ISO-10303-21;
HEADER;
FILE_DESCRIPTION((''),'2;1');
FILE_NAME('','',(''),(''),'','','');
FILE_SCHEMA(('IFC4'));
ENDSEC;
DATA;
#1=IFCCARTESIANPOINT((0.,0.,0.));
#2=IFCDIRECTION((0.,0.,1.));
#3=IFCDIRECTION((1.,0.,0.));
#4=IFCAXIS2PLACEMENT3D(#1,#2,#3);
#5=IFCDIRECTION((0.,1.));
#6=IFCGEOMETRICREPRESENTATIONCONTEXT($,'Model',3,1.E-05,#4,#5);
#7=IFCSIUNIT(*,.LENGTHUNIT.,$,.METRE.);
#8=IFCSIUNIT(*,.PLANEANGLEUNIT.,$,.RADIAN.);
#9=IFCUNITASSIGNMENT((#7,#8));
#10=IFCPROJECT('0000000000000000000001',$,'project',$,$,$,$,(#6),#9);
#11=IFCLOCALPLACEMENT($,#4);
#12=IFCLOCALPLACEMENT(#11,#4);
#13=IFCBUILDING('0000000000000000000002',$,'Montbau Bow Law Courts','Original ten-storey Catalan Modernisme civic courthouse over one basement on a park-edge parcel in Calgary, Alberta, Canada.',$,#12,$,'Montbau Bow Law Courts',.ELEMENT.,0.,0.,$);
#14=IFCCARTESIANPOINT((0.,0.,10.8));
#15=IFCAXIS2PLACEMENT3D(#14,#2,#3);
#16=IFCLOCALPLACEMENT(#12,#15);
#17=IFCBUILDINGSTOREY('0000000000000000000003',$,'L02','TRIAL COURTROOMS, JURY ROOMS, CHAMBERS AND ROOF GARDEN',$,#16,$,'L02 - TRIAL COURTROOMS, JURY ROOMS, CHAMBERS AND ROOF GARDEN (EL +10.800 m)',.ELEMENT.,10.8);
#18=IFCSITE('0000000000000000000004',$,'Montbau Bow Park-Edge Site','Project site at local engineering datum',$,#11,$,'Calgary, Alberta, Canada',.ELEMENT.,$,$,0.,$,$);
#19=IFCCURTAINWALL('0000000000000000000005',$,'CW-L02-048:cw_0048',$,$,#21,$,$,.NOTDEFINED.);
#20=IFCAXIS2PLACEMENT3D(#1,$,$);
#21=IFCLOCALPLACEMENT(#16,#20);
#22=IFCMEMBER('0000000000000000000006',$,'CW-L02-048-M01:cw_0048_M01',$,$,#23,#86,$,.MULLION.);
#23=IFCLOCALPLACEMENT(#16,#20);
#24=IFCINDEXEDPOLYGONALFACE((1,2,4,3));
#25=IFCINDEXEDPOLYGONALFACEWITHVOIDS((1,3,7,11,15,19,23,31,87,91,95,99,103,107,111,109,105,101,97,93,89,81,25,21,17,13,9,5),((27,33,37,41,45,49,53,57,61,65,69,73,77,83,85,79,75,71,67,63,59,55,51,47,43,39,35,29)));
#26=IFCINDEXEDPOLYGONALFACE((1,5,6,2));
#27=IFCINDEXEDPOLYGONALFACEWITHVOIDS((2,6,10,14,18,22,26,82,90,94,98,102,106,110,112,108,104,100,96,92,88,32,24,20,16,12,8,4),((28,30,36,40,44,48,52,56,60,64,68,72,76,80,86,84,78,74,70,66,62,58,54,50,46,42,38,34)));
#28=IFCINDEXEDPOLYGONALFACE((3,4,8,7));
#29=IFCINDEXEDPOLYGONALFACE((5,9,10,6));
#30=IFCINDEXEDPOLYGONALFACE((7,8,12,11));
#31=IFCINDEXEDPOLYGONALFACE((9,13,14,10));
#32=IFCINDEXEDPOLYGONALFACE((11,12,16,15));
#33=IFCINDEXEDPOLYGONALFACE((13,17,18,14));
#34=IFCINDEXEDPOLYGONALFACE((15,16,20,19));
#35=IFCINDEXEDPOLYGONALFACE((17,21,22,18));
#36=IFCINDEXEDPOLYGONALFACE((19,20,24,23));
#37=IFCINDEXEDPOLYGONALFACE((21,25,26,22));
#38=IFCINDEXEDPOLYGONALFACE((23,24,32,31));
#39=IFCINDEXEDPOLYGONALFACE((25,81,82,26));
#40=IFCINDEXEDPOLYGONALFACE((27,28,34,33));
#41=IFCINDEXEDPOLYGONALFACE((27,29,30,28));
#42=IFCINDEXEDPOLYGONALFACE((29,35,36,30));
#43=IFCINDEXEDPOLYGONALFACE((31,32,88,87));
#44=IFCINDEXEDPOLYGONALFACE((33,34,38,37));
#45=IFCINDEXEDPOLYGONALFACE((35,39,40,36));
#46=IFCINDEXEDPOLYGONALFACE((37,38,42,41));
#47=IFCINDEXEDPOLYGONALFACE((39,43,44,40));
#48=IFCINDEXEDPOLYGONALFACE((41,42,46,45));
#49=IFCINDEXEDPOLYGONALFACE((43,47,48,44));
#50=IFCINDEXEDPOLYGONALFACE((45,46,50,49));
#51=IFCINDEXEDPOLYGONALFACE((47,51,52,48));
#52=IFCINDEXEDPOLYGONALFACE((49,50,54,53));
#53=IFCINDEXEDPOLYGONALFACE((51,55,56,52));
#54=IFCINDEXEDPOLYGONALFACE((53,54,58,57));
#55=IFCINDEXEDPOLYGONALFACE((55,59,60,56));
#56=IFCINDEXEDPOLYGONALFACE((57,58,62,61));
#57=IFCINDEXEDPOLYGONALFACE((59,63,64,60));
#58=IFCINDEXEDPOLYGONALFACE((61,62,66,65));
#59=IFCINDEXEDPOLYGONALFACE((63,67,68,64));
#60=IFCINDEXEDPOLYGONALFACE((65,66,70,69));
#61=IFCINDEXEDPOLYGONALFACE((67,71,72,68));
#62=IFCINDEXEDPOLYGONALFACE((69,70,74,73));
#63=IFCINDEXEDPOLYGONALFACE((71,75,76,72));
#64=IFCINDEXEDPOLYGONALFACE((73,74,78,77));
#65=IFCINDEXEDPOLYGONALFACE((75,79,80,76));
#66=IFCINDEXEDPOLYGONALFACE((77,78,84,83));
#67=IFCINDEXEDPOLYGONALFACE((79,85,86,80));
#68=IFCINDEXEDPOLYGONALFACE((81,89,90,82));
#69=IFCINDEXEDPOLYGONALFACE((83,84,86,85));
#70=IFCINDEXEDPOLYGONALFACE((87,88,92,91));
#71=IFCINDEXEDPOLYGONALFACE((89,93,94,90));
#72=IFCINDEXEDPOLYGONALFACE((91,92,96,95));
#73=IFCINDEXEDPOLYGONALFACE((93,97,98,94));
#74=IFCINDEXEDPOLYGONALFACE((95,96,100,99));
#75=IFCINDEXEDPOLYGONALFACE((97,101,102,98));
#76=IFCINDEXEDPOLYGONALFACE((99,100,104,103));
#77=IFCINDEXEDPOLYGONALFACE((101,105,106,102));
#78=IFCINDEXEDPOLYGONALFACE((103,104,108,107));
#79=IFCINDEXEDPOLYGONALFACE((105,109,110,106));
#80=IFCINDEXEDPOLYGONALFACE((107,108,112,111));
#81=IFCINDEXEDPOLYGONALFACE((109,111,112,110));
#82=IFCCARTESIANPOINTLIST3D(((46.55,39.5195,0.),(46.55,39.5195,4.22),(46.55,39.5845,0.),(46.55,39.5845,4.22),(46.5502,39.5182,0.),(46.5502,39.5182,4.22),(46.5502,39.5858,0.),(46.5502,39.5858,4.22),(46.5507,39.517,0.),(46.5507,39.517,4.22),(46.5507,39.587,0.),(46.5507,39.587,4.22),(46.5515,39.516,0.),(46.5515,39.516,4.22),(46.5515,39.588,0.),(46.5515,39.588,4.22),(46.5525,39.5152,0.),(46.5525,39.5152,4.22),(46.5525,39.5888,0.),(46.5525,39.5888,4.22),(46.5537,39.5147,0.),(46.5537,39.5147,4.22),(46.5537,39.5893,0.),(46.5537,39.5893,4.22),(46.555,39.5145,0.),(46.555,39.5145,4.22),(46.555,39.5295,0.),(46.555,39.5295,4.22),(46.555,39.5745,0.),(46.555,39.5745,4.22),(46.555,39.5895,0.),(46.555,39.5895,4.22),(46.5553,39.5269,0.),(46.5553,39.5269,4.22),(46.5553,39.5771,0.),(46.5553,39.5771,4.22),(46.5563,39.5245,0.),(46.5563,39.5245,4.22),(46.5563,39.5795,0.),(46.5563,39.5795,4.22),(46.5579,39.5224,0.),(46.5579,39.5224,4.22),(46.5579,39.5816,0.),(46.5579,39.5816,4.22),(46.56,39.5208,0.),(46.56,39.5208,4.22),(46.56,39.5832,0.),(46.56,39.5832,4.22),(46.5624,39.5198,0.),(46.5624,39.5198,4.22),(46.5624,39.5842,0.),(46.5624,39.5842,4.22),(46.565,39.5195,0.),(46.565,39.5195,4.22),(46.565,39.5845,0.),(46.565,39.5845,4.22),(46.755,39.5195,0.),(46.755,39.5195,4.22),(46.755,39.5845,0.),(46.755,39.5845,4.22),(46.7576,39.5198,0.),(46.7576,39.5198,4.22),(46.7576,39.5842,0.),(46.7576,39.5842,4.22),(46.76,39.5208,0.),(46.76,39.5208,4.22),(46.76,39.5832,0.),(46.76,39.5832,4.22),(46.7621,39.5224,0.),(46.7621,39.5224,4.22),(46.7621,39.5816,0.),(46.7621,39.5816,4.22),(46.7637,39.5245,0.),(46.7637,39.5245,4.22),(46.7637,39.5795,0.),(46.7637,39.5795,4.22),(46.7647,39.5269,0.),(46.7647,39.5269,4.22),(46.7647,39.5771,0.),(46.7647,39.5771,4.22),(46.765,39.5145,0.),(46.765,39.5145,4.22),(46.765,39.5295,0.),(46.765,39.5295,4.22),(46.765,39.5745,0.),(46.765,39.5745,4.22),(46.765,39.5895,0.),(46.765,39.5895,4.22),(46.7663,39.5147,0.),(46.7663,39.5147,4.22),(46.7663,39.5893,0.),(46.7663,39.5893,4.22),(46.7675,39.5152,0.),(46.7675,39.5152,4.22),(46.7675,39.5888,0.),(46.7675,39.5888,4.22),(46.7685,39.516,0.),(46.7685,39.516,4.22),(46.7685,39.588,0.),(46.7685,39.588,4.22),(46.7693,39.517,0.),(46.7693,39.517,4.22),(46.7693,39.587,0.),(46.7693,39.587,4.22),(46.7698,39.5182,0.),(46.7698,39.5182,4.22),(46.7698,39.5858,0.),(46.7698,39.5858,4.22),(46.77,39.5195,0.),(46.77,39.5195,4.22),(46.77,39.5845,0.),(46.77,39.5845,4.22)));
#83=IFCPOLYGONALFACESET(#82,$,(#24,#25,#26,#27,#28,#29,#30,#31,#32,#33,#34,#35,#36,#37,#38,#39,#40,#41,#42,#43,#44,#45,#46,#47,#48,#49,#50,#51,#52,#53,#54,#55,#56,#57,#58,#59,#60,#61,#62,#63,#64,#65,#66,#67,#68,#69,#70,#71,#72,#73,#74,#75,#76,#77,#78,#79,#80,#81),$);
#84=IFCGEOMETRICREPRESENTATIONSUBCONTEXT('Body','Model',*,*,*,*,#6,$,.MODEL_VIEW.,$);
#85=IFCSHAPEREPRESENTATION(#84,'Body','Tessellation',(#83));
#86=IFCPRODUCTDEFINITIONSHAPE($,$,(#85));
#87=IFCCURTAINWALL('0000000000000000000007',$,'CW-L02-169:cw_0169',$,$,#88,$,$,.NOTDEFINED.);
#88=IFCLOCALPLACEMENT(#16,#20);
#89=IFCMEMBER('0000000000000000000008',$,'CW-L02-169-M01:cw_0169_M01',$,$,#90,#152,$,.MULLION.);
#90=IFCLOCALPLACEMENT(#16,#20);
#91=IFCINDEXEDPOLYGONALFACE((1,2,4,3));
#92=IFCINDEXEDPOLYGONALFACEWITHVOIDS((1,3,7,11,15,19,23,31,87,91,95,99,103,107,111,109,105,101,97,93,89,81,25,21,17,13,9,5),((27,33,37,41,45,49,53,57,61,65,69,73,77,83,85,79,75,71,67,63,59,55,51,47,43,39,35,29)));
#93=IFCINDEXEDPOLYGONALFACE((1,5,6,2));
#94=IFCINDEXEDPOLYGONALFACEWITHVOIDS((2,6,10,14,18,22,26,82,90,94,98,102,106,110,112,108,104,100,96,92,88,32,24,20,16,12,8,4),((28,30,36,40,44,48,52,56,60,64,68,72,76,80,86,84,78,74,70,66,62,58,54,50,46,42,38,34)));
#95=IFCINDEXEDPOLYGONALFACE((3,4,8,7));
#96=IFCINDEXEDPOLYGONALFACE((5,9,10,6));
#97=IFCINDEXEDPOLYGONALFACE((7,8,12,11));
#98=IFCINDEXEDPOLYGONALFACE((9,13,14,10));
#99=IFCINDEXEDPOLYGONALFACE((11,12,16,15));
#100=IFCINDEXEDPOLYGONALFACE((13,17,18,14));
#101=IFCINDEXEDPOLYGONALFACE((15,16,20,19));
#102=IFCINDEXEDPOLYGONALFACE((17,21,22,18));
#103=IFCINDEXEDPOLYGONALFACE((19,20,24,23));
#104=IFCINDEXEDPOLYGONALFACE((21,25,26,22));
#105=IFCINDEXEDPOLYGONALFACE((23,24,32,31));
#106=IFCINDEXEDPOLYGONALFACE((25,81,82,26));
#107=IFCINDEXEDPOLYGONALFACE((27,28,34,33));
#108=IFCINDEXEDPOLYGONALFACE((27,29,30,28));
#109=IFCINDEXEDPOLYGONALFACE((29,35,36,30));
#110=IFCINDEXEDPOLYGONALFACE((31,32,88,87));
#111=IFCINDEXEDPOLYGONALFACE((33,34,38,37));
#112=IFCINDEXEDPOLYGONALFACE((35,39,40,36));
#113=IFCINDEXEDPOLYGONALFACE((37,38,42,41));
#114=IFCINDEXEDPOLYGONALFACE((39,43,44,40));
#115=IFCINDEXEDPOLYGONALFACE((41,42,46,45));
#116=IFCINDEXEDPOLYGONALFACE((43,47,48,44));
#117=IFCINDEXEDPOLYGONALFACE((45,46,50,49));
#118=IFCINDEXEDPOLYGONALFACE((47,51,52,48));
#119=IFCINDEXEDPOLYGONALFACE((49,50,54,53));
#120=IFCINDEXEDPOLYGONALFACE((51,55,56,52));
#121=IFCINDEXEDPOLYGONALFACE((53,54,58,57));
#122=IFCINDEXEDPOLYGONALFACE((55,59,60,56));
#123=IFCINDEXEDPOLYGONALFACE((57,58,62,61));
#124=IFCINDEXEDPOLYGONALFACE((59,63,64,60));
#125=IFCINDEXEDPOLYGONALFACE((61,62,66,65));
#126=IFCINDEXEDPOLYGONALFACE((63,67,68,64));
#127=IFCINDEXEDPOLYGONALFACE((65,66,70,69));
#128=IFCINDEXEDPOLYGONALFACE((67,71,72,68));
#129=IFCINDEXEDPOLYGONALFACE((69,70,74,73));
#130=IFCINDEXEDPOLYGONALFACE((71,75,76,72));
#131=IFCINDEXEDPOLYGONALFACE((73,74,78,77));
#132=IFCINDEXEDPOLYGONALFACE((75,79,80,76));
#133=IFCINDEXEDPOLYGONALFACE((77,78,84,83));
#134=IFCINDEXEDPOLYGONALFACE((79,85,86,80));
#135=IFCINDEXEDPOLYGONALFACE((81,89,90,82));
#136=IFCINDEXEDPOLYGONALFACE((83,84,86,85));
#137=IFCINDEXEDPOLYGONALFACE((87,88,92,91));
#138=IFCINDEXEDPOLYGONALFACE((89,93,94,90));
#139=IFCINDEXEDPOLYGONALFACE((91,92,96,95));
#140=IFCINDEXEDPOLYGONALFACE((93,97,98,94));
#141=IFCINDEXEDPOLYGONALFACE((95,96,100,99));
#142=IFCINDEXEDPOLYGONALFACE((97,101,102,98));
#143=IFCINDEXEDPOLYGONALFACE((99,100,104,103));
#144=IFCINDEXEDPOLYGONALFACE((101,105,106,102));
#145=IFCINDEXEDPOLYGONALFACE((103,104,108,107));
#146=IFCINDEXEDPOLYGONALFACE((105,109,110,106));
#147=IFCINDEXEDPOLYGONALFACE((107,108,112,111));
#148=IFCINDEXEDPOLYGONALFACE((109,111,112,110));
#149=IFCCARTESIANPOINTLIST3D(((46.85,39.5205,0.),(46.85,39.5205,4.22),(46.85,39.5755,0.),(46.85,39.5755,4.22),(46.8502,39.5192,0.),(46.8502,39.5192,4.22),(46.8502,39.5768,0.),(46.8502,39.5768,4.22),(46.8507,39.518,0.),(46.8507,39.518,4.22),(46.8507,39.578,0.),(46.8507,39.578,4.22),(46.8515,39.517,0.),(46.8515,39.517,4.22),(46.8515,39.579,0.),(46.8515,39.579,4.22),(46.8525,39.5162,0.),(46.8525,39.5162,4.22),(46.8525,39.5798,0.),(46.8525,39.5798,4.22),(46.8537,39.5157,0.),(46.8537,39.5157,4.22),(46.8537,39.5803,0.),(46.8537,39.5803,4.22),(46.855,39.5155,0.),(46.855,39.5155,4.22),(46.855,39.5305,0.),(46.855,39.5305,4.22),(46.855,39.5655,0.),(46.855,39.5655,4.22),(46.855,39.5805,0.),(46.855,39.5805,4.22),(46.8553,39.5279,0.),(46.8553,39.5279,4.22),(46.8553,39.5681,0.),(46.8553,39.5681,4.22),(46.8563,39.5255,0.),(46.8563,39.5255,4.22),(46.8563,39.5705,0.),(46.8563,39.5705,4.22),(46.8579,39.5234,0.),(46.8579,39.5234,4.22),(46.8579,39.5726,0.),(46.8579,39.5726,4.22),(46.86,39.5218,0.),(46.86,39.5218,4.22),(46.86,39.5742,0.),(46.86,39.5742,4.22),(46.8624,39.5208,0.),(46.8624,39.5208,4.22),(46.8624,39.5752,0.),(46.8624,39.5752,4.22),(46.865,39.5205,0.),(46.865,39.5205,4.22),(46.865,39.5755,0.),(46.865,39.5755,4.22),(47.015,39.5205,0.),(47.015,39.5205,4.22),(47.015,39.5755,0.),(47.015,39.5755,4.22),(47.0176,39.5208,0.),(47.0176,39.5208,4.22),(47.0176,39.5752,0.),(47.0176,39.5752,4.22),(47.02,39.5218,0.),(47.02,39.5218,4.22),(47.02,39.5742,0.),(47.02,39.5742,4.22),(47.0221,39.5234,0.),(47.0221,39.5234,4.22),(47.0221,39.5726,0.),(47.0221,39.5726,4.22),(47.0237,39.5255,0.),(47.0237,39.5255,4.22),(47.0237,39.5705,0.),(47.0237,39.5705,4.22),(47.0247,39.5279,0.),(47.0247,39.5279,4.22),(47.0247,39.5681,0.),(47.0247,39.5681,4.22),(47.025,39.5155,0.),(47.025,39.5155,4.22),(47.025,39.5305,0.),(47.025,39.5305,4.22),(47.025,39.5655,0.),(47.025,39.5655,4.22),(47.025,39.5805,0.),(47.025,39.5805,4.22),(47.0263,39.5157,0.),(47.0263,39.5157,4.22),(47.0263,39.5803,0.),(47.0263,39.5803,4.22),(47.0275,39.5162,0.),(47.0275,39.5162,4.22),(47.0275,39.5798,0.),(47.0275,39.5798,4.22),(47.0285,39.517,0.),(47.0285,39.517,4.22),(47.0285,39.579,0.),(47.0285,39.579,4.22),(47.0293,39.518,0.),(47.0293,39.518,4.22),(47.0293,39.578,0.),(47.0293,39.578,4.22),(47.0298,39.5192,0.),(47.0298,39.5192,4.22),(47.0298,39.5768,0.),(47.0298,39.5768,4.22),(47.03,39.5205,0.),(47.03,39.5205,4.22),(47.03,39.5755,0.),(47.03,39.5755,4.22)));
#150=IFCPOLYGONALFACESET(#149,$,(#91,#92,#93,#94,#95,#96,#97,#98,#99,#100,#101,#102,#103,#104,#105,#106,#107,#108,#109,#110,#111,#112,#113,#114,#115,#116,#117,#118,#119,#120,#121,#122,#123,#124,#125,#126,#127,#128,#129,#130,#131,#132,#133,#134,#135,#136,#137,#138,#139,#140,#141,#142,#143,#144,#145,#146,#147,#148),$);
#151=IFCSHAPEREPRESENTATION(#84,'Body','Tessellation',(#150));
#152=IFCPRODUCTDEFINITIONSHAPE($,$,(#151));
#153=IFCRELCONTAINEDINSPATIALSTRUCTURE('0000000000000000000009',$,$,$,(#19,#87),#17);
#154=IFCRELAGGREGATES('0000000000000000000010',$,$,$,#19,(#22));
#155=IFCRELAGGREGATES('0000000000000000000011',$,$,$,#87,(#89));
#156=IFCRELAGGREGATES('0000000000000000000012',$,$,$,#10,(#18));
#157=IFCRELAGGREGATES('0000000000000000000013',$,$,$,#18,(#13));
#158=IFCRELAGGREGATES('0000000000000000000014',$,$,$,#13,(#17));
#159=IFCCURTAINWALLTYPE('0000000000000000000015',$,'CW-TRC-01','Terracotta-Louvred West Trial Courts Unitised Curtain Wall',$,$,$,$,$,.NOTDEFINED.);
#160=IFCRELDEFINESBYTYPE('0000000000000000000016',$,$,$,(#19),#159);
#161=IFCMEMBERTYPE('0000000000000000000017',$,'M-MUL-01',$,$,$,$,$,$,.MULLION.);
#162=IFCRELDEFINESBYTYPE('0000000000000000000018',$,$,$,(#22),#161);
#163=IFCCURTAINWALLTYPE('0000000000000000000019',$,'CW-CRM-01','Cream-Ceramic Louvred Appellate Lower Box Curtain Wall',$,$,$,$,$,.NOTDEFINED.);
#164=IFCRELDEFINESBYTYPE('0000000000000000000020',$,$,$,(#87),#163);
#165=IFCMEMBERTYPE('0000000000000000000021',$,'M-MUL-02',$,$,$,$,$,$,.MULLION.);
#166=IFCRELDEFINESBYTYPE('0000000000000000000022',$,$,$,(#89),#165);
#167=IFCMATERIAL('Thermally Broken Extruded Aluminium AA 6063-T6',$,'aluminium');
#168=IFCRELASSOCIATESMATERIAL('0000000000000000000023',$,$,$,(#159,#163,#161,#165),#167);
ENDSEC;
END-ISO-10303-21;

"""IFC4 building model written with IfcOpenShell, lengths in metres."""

from ifc_helpers import new_model, si_unit, direction, frame, origin_with_axes, origin_2d_with_axis, place, context, subcontext, project, spatial, hollow_rectangle, extrude, material, material_profile, profile_set, type_object, element, aggregate, save


model = new_model("IFC4")

# Units and contexts
model_context = context("Model", 3, precision=1e-05, world=origin_with_axes(), true_north=direction((0.0, 1.0)))
body_context = subcontext(model_context, "Body", "Model", "MODEL_VIEW")
ifc_project = project(units=[si_unit("LENGTHUNIT", "METRE"), si_unit("PLANEANGLEUNIT", "RADIAN")], contexts=[model_context])

# Site, building, storey
site_placement = place(None, origin_with_axes())
site = spatial("IfcSite", under=ifc_project, at=site_placement, Name="Montbau Bow Park-Edge Site", Description="Project site at local engineering datum", LongName="Calgary, Alberta, Canada", CompositionType="ELEMENT", RefElevation=0.0)
building_placement = place(site_placement, origin_with_axes())
building = spatial("IfcBuilding", under=site, at=building_placement, Name="Montbau Bow Law Courts", Description="Original ten-storey Catalan Modernisme civic courthouse over one basement on a park-edge parcel in Calgary, Alberta, Canada.", LongName="Montbau Bow Law Courts", CompositionType="ELEMENT", ElevationOfRefHeight=0.0, ElevationOfTerrain=0.0)
storey_placement = place(building_placement, frame((0.0, 0.0, 10.8), z_axis=(0.0, 0.0, 1.0), x_axis=(1.0, 0.0, 0.0)))
storey = spatial("IfcBuildingStorey", under=building, at=storey_placement, Name="L02", Description="TRIAL COURTROOMS, JURY ROOMS, CHAMBERS AND ROOF GARDEN", LongName="L02 - TRIAL COURTROOMS, JURY ROOMS, CHAMBERS AND ROOF GARDEN (EL +10.800 m)", CompositionType="ELEMENT", Elevation=10.8)

# Curtain walls, members
ifc_material_1 = material(Name="Thermally Broken Extruded Aluminium AA 6063-T6", Category="aluminium")
curtain_wall_type_1 = type_object("IfcCurtainWallType", Name="CW-TRC-01", Description="Terracotta-Louvred West Trial Courts Unitised Curtain Wall", PredefinedType="NOTDEFINED", material=ifc_material_1)
curtain_wall_1_placement = place(None, frame((46.66, 39.515, 10.8), z_axis=(0.0, 0.0, 1.0), x_axis=(1.0, 0.0, 0.0)))
curtain_wall_1 = element("IfcCurtainWall", 1, at=curtain_wall_1_placement, inside=storey, type_object=curtain_wall_type_1, Name="CW-L02-048:cw_0048", PredefinedType="NOTDEFINED")
ifc_material_profile_1 = material_profile(ifc_material_1, hollow_rectangle(XDim=0.075, YDim=0.22, WallThickness=0.005, InnerFilletRadius=0.01, OuterFilletRadius=0.005, at=origin_2d_with_axis()), Name="CWM-220X75", Category="Main", Priority=0)
ifc_profile_set_1 = profile_set([ifc_material_profile_1], Name="Thermally Broken Extruded Aluminium AA 6063-T6")
member_type_1 = type_object("IfcMemberType", Name="M-MUL-01", PredefinedType="MULLION", material=ifc_profile_set_1)
member_1_placement = place(None, frame((46.66, 39.552, 10.8), z_axis=(0.0, 0.0, 1.0), x_axis=(0.0, 1.0, 0.0)))
member_1 = element("IfcMember", 2, at=member_1_placement, type_object=member_type_1, Name="CW-L02-048-M01:cw_0048_M01", PredefinedType="MULLION", context=body_context, shape_type="SweptSolid", body=[
    extrude(hollow_rectangle(XDim=0.075, YDim=0.22, WallThickness=0.005, InnerFilletRadius=0.01, OuterFilletRadius=0.005, at=origin_2d_with_axis()), origin_with_axes(), (0.0, 0.0, 1.0), 4.22),
])
curtain_wall_type_2 = type_object("IfcCurtainWallType", Name="CW-CRM-01", Description="Cream-Ceramic Louvred Appellate Lower Box Curtain Wall", PredefinedType="NOTDEFINED", material=ifc_material_1)
curtain_wall_2_placement = place(None, frame((46.94, 39.515, 10.8), z_axis=(0.0, 0.0, 1.0), x_axis=(1.0, 0.0, 0.0)))
curtain_wall_2 = element("IfcCurtainWall", 3, at=curtain_wall_2_placement, inside=storey, type_object=curtain_wall_type_2, Name="CW-L02-169:cw_0169", PredefinedType="NOTDEFINED")
ifc_material_profile_2 = material_profile(ifc_material_1, hollow_rectangle(XDim=0.065, YDim=0.18, WallThickness=0.005, InnerFilletRadius=0.01, OuterFilletRadius=0.005, at=origin_2d_with_axis()), Name="CWM-180X65", Category="Main", Priority=0)
ifc_profile_set_2 = profile_set([ifc_material_profile_2], Name="Thermally Broken Extruded Aluminium AA 6063-T6")
member_type_2 = type_object("IfcMemberType", Name="M-MUL-02", PredefinedType="MULLION", material=ifc_profile_set_2)
member_2_placement = place(None, frame((46.94, 39.548, 10.8), z_axis=(0.0, 0.0, 1.0), x_axis=(0.0, 1.0, 0.0)))
member_2 = element("IfcMember", 4, at=member_2_placement, type_object=member_type_2, Name="CW-L02-169-M01:cw_0169_M01", PredefinedType="MULLION", context=body_context, shape_type="SweptSolid", body=[
    extrude(hollow_rectangle(XDim=0.065, YDim=0.18, WallThickness=0.005, InnerFilletRadius=0.01, OuterFilletRadius=0.005, at=origin_2d_with_axis()), origin_with_axes(), (0.0, 0.0, 1.0), 4.22),
])

aggregate(curtain_wall_1, [member_1])
aggregate(curtain_wall_2, [member_2])

save(model, "model.ifc")
